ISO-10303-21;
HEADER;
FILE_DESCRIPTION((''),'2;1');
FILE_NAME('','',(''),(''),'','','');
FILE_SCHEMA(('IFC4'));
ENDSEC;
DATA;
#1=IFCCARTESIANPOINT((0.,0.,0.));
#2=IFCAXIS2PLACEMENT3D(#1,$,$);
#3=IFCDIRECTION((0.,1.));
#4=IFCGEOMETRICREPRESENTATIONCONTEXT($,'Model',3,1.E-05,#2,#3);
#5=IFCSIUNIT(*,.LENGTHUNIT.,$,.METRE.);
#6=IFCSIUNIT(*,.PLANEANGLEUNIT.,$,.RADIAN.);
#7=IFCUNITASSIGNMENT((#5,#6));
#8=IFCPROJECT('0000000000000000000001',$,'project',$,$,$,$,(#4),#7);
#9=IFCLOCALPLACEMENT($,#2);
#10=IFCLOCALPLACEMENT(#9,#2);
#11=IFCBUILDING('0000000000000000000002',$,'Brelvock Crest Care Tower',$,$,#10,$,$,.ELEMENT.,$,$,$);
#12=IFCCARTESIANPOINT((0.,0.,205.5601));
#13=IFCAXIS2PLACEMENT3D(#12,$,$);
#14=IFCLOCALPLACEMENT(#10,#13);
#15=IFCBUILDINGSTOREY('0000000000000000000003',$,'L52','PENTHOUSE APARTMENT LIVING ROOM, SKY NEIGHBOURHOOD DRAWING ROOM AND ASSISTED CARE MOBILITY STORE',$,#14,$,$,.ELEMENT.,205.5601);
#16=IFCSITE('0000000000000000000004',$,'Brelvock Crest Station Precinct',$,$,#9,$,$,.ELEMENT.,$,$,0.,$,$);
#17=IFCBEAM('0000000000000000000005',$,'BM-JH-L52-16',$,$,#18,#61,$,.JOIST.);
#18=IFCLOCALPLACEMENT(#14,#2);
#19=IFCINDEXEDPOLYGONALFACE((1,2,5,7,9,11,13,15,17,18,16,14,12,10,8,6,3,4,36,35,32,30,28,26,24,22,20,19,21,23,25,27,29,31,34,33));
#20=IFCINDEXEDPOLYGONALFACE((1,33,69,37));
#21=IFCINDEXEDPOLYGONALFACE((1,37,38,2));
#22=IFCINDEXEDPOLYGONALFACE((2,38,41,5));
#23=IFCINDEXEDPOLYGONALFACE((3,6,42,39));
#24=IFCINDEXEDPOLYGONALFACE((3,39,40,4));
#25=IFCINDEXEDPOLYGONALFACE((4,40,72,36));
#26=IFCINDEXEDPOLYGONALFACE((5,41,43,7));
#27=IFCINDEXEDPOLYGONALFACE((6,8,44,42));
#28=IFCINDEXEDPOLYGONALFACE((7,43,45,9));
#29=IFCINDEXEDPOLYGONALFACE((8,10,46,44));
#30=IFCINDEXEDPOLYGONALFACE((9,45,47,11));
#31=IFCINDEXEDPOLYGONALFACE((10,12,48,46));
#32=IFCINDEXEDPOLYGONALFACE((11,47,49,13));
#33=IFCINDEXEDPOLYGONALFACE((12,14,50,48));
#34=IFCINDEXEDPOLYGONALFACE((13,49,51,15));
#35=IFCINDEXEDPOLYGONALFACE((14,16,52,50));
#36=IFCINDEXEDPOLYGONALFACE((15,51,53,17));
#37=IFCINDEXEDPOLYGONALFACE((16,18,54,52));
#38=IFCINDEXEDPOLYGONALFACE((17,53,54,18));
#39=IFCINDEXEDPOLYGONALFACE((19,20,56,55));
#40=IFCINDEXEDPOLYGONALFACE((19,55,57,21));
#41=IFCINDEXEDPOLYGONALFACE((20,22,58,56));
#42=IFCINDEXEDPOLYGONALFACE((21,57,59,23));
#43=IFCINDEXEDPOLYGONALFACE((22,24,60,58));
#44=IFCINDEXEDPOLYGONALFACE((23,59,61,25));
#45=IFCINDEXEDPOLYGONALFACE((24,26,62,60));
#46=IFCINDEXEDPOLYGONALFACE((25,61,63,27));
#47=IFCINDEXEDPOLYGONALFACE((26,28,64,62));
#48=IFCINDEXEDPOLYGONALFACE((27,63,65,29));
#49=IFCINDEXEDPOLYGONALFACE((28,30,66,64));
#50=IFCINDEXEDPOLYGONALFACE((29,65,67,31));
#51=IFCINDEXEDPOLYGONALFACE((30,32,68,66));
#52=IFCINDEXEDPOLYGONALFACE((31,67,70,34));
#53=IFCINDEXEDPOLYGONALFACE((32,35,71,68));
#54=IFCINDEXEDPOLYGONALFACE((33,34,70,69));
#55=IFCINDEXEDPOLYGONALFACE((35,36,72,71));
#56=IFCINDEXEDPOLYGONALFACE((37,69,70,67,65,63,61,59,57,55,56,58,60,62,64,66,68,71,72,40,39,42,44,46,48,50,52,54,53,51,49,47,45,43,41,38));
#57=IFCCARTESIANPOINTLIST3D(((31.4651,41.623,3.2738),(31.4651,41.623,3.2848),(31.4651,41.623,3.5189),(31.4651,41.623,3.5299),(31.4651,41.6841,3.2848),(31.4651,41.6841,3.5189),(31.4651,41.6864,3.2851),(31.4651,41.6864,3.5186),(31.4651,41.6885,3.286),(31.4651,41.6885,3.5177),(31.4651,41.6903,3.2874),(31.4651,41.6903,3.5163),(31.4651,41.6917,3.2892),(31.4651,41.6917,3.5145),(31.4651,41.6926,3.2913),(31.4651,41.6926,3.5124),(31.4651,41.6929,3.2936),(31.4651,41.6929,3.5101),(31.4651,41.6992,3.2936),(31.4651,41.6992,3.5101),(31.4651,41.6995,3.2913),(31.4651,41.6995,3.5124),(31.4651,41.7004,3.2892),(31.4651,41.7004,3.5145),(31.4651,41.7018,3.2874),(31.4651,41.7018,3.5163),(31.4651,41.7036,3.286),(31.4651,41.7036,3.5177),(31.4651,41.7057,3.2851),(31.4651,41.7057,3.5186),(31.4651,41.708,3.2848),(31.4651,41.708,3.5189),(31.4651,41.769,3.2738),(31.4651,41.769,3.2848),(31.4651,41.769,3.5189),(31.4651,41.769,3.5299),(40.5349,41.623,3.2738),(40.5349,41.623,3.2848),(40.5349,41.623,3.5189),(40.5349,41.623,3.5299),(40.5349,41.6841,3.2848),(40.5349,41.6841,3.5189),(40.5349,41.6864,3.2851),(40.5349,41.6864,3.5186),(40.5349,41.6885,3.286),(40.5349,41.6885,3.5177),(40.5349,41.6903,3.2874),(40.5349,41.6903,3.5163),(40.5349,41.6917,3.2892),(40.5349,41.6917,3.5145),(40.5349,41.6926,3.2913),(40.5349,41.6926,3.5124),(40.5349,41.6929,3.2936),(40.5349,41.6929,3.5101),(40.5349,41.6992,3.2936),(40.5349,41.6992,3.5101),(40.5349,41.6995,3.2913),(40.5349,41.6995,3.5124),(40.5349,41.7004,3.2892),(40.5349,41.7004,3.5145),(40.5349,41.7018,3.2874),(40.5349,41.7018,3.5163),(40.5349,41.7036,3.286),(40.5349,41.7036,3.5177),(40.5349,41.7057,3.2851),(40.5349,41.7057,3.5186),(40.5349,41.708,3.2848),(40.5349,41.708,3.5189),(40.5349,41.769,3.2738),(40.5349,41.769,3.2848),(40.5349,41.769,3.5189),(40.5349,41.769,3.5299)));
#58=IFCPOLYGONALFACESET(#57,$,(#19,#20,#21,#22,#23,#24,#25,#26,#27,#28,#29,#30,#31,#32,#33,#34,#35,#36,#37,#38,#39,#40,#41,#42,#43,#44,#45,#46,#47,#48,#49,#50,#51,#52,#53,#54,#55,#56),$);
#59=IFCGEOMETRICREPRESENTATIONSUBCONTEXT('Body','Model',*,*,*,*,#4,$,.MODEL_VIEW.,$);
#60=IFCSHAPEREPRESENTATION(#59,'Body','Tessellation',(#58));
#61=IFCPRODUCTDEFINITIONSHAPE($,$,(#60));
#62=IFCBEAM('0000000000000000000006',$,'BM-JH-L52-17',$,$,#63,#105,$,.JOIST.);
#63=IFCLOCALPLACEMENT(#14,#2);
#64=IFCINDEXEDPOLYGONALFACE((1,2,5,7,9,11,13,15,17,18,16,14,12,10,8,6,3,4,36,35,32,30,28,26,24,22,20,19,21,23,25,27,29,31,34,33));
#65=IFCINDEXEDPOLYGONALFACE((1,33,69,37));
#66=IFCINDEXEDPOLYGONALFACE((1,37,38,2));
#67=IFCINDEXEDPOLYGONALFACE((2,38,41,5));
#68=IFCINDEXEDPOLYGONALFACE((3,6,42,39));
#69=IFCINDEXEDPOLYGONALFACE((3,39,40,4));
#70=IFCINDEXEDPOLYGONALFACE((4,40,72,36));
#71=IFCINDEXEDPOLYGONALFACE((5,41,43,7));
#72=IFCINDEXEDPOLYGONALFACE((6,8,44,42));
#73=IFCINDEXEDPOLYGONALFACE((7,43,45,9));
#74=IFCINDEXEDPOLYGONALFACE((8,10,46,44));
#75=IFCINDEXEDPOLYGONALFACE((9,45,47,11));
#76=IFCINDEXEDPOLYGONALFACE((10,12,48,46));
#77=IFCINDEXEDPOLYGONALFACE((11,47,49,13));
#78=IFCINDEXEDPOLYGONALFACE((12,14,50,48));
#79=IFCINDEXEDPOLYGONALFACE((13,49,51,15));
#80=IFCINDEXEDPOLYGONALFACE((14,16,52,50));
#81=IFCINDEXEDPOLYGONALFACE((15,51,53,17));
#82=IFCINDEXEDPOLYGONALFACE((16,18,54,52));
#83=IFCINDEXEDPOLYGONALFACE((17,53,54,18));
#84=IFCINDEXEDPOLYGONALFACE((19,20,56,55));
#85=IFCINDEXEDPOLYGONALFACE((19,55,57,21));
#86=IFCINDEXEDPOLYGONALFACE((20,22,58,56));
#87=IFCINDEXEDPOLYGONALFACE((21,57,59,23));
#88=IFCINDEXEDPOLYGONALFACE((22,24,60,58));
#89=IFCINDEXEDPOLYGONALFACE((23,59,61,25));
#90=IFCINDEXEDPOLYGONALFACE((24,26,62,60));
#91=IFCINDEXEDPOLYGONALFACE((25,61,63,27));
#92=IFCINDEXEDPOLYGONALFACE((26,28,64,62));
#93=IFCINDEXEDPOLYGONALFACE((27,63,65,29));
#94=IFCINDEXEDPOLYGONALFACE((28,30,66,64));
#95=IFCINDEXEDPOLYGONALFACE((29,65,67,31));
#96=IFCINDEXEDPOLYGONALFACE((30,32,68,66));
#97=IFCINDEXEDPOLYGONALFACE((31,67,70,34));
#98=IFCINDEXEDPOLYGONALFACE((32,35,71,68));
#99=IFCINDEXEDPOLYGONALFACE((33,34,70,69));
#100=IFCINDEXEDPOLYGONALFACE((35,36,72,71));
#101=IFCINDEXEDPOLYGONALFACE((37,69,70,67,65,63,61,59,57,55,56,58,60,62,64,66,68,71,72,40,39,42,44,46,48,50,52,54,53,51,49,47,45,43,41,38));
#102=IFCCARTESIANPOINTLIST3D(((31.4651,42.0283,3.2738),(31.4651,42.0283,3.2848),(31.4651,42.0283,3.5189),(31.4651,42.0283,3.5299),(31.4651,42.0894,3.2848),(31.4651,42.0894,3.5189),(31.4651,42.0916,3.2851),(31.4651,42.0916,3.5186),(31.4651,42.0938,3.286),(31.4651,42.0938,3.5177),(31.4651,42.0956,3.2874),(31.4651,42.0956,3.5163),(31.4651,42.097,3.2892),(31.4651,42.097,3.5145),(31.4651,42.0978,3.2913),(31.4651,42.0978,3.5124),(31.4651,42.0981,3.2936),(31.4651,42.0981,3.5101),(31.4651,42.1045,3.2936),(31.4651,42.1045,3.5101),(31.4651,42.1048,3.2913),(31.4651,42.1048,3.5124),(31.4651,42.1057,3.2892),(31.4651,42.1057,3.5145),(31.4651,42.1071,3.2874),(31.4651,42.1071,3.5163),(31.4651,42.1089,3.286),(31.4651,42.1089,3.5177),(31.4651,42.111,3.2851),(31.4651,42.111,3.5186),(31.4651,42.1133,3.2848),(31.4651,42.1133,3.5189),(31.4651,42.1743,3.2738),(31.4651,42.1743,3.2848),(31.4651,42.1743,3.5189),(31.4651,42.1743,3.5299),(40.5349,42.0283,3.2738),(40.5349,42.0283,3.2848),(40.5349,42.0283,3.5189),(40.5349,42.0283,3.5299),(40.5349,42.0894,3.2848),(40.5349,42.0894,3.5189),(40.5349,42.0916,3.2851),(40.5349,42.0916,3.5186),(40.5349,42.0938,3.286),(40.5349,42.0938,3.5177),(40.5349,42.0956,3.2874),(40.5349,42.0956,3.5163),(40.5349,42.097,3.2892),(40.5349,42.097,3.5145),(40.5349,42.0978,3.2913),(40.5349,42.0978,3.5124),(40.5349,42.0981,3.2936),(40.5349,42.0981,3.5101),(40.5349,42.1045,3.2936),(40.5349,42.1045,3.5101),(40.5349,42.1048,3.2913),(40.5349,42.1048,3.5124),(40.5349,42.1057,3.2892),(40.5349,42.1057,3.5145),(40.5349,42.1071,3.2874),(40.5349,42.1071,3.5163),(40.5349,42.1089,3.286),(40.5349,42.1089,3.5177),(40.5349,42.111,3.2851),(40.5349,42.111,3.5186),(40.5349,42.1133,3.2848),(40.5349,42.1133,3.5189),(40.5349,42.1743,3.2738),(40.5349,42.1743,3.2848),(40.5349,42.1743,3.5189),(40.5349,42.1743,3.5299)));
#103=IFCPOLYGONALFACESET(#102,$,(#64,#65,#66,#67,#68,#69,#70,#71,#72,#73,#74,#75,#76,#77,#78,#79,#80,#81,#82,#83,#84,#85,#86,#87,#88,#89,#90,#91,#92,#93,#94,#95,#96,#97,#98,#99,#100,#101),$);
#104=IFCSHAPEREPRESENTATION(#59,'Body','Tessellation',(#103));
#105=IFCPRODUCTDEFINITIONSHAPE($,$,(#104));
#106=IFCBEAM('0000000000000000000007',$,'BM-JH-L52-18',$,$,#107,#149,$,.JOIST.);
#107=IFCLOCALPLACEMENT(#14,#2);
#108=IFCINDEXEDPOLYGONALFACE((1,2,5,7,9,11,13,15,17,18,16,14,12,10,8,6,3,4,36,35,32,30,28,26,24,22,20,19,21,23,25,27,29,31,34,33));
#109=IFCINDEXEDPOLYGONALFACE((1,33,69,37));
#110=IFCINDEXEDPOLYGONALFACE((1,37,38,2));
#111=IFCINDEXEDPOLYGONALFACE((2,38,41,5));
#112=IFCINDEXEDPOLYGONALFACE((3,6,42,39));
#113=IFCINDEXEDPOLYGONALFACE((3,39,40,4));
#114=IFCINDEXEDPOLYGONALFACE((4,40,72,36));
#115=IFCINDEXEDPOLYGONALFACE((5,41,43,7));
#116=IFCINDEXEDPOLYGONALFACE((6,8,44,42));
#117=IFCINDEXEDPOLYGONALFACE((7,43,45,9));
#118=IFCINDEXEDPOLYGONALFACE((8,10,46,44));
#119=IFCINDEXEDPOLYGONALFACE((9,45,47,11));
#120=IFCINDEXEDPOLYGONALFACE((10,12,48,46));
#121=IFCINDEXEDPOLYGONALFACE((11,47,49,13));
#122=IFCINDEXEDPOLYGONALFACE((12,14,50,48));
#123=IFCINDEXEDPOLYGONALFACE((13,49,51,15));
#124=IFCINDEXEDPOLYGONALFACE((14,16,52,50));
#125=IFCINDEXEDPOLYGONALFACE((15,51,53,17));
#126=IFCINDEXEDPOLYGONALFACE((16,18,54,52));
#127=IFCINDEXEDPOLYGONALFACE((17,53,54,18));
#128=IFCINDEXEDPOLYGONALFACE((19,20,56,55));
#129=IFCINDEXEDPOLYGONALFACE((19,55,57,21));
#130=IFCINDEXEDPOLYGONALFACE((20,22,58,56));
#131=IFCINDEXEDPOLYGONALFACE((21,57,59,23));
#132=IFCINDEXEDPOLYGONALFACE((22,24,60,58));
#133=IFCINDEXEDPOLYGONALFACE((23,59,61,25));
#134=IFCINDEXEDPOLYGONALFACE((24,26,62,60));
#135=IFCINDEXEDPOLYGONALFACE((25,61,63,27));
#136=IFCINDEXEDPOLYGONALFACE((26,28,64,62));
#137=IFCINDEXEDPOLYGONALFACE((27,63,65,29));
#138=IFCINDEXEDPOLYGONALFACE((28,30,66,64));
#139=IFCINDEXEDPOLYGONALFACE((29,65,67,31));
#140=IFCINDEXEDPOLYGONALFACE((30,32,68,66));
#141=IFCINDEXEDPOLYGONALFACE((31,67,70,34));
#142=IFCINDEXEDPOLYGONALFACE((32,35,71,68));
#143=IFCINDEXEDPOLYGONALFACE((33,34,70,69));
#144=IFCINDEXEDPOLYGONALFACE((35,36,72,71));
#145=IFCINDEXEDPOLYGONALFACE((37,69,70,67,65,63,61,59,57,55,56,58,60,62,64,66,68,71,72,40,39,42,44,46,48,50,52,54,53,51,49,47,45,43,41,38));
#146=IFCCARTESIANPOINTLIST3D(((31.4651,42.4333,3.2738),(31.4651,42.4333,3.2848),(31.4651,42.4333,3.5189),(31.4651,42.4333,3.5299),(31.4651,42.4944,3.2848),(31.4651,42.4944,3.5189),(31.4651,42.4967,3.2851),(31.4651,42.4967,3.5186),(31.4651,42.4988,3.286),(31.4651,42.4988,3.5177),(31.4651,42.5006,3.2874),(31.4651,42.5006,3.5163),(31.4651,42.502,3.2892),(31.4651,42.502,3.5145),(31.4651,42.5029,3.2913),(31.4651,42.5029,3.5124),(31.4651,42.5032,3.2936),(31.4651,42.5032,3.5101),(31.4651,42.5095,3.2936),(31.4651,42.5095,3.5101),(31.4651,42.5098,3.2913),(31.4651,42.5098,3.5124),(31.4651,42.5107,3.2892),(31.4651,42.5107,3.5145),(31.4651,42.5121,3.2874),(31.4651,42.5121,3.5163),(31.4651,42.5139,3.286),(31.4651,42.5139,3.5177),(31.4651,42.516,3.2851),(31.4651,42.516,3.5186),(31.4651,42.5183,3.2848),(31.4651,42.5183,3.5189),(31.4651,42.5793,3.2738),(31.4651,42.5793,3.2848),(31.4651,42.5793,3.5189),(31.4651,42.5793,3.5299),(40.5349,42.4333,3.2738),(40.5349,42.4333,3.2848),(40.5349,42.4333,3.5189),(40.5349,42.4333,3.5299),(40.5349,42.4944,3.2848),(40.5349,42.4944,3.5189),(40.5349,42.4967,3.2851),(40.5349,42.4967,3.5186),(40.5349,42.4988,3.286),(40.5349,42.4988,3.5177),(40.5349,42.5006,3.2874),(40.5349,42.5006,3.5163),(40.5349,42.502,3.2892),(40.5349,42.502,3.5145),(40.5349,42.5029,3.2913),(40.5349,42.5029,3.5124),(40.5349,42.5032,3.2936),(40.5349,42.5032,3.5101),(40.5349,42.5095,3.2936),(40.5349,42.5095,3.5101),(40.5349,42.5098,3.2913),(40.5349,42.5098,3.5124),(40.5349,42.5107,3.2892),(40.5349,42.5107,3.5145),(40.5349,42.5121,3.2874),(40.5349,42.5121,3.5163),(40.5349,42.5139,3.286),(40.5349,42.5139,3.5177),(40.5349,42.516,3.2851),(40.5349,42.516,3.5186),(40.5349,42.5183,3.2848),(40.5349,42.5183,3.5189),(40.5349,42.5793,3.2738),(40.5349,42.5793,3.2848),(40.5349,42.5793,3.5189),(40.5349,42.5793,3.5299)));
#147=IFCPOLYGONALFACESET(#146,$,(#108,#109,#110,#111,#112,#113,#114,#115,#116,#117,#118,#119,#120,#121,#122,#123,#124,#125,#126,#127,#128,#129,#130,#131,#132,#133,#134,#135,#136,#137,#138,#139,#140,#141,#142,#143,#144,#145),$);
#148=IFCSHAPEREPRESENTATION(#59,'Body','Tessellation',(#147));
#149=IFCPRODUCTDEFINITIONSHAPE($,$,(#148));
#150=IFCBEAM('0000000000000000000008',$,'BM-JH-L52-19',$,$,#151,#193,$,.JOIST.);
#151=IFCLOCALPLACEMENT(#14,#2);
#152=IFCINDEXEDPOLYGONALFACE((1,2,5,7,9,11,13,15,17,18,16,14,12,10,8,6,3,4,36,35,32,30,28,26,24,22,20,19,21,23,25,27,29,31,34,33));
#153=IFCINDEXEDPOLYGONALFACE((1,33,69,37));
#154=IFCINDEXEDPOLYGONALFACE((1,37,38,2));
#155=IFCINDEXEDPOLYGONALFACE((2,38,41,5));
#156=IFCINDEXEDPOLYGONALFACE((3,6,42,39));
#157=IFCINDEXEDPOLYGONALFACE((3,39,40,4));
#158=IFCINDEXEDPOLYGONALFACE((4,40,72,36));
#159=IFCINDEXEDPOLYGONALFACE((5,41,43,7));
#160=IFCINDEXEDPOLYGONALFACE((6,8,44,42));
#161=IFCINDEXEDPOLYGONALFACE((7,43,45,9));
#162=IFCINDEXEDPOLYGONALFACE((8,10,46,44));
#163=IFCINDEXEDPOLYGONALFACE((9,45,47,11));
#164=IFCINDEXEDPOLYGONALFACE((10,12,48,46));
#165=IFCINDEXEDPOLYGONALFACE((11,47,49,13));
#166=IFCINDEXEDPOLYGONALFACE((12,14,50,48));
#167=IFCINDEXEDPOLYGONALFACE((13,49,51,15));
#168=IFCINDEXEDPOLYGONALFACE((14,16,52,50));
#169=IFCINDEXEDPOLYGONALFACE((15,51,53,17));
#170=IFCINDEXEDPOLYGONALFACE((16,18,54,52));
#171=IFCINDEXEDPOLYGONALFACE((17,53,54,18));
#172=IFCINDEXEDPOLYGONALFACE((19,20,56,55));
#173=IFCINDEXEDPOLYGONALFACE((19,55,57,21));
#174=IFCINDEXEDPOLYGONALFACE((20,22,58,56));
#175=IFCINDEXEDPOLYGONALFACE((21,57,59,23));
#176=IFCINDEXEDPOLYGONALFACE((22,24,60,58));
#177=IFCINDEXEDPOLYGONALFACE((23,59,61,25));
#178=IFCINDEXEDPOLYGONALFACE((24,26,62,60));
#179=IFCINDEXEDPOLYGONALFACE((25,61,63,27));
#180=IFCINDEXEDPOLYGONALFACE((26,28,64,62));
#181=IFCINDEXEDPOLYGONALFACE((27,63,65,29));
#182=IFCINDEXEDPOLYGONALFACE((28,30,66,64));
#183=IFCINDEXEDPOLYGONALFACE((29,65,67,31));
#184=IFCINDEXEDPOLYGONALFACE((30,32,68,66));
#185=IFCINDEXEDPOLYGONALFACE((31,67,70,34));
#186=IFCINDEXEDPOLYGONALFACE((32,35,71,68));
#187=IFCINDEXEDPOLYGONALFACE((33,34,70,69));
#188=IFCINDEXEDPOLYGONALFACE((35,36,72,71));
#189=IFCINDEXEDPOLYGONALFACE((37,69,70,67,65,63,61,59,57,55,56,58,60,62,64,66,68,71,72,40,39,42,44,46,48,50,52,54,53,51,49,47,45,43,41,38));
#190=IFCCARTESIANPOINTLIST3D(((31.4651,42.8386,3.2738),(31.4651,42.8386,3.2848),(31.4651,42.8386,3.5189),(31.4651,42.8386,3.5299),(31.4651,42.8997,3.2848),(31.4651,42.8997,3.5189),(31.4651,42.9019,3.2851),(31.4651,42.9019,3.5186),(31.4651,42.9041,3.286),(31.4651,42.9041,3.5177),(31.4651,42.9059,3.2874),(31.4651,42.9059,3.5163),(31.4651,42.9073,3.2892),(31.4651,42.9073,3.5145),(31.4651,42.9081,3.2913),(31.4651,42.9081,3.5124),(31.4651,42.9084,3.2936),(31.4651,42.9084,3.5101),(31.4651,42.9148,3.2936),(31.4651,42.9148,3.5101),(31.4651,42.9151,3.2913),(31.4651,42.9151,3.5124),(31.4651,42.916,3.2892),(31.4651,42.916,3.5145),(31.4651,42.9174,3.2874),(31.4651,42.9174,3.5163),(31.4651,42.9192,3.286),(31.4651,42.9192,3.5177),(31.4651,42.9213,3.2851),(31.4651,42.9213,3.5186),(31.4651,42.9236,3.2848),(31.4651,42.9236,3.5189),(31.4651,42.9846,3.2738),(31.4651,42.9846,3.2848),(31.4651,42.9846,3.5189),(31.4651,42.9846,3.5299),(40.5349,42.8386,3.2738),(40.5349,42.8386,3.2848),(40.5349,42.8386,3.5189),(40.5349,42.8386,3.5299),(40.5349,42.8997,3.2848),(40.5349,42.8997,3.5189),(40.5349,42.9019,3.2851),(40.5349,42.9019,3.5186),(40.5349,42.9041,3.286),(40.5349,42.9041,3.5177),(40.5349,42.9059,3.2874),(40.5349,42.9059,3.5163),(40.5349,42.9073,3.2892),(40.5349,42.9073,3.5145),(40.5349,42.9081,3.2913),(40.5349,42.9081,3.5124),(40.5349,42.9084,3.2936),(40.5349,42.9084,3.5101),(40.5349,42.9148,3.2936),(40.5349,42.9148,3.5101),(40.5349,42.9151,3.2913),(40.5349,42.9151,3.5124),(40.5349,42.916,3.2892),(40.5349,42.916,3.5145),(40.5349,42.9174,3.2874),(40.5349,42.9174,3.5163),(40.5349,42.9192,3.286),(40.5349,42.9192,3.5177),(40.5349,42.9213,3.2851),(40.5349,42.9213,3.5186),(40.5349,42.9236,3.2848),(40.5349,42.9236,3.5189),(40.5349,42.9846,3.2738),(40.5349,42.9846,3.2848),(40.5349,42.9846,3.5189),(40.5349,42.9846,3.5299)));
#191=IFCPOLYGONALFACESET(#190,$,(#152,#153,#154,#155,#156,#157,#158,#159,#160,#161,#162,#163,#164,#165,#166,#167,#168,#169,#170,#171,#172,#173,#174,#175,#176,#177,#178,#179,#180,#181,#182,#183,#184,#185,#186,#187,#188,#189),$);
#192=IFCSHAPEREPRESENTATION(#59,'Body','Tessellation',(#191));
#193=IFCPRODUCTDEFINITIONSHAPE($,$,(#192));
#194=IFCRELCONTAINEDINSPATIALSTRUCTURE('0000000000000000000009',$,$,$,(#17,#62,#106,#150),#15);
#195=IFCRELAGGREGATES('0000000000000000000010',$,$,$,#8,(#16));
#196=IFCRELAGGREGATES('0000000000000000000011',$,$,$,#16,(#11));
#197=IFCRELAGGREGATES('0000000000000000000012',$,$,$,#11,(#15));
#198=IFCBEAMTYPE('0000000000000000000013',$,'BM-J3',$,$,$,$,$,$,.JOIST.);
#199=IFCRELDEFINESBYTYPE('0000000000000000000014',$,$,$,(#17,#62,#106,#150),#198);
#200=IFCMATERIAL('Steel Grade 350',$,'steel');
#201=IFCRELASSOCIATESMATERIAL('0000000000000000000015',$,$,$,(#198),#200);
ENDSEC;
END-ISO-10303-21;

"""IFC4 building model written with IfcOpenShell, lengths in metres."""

from ifc_helpers import new_model, si_unit, direction, frame, origin, origin_2d, place, context, subcontext, project, spatial, i_section, extrude, source, transform, mapped, material, material_profile, profile_set, type_object, element, save


model = new_model("IFC4")

# Units and contexts
model_context = context("Model", 3, precision=1e-05, world=origin(), true_north=direction((0.0, 1.0)))
body_context = subcontext(model_context, "Body", "Model", "MODEL_VIEW")
ifc_project = project(units=[si_unit("LENGTHUNIT", "METRE"), si_unit("PLANEANGLEUNIT", "RADIAN")], contexts=[model_context])

# Site, building, storey
site_placement = place(None, origin())
site = spatial("IfcSite", under=ifc_project, at=site_placement, Name="Brelvock Crest Station Precinct", CompositionType="ELEMENT", RefElevation=0.0)
building_placement = place(site_placement, origin())
building = spatial("IfcBuilding", under=site, at=building_placement, Name="Brelvock Crest Care Tower", CompositionType="ELEMENT")
storey_placement = place(building_placement, frame((0.0, 0.0, 205.5601)))
storey = spatial("IfcBuildingStorey", under=building, at=storey_placement, Name="L52", Description="PENTHOUSE APARTMENT LIVING ROOM, SKY NEIGHBOURHOOD DRAWING ROOM AND ASSISTED CARE MOBILITY STORE", CompositionType="ELEMENT", Elevation=205.5601)

# Beams
ifc_material_1 = material(Name="Steel Grade 350", Category="steel")
ifc_material_profile_1 = material_profile(ifc_material_1, i_section(OverallWidth=0.146, OverallDepth=0.2561, WebThickness=0.0063, FlangeThickness=0.011, FilletRadius=0.0088, at=origin_2d()), Name="250UB37.3")
ifc_profile_set_1 = profile_set([ifc_material_profile_1], Name="Steel Grade 350")
beam_type_1 = type_object("IfcBeamType", Name="BM-J3", PredefinedType="JOIST", material=ifc_profile_set_1)
shared_shape_1 = source(origin(), body_context, "Body", "SweptSolid", [
    extrude(i_section(OverallWidth=0.146, OverallDepth=0.2561, WebThickness=0.0063, FlangeThickness=0.011, FilletRadius=0.0088, at=origin_2d()), origin(), (0.0, 0.0, 1.0), 9.0698),
])
for number, where, z_axis, x_axis, name in (
    (1, (31.4651, 41.696, 3.4019), (1.0, 0.0, 0.0), (0.0, 1.0, 0.0), "BM-JH-L52-16"),
    (2, (31.4651, 42.1013, 3.4019), (1.0, 0.0, 0.0), (0.0, 1.0, 0.0), "BM-JH-L52-17"),
    (3, (31.4651, 42.5063, 3.4019), (1.0, 0.0, 0.0), (0.0, 1.0, 0.0), "BM-JH-L52-18"),
    (4, (31.4651, 42.9116, 3.4019), (1.0, 0.0, 0.0), (0.0, 1.0, 0.0), "BM-JH-L52-19"),
):
    element("IfcBeam", number, at=place(storey_placement, frame(where, z_axis=z_axis, x_axis=x_axis)), inside=storey, type_object=beam_type_1, Name=name, PredefinedType="JOIST", context=body_context, shape_type="MappedRepresentation", body=[
        mapped(shared_shape_1, transform((0.0, 0.0, 0.0), x_axis=(1.0, 0.0, 0.0), y_axis=(0.0, 1.0, 0.0), z_axis=(0.0, 0.0, 1.0), scale=1.0)),
    ])

save(model, "model.ifc")
